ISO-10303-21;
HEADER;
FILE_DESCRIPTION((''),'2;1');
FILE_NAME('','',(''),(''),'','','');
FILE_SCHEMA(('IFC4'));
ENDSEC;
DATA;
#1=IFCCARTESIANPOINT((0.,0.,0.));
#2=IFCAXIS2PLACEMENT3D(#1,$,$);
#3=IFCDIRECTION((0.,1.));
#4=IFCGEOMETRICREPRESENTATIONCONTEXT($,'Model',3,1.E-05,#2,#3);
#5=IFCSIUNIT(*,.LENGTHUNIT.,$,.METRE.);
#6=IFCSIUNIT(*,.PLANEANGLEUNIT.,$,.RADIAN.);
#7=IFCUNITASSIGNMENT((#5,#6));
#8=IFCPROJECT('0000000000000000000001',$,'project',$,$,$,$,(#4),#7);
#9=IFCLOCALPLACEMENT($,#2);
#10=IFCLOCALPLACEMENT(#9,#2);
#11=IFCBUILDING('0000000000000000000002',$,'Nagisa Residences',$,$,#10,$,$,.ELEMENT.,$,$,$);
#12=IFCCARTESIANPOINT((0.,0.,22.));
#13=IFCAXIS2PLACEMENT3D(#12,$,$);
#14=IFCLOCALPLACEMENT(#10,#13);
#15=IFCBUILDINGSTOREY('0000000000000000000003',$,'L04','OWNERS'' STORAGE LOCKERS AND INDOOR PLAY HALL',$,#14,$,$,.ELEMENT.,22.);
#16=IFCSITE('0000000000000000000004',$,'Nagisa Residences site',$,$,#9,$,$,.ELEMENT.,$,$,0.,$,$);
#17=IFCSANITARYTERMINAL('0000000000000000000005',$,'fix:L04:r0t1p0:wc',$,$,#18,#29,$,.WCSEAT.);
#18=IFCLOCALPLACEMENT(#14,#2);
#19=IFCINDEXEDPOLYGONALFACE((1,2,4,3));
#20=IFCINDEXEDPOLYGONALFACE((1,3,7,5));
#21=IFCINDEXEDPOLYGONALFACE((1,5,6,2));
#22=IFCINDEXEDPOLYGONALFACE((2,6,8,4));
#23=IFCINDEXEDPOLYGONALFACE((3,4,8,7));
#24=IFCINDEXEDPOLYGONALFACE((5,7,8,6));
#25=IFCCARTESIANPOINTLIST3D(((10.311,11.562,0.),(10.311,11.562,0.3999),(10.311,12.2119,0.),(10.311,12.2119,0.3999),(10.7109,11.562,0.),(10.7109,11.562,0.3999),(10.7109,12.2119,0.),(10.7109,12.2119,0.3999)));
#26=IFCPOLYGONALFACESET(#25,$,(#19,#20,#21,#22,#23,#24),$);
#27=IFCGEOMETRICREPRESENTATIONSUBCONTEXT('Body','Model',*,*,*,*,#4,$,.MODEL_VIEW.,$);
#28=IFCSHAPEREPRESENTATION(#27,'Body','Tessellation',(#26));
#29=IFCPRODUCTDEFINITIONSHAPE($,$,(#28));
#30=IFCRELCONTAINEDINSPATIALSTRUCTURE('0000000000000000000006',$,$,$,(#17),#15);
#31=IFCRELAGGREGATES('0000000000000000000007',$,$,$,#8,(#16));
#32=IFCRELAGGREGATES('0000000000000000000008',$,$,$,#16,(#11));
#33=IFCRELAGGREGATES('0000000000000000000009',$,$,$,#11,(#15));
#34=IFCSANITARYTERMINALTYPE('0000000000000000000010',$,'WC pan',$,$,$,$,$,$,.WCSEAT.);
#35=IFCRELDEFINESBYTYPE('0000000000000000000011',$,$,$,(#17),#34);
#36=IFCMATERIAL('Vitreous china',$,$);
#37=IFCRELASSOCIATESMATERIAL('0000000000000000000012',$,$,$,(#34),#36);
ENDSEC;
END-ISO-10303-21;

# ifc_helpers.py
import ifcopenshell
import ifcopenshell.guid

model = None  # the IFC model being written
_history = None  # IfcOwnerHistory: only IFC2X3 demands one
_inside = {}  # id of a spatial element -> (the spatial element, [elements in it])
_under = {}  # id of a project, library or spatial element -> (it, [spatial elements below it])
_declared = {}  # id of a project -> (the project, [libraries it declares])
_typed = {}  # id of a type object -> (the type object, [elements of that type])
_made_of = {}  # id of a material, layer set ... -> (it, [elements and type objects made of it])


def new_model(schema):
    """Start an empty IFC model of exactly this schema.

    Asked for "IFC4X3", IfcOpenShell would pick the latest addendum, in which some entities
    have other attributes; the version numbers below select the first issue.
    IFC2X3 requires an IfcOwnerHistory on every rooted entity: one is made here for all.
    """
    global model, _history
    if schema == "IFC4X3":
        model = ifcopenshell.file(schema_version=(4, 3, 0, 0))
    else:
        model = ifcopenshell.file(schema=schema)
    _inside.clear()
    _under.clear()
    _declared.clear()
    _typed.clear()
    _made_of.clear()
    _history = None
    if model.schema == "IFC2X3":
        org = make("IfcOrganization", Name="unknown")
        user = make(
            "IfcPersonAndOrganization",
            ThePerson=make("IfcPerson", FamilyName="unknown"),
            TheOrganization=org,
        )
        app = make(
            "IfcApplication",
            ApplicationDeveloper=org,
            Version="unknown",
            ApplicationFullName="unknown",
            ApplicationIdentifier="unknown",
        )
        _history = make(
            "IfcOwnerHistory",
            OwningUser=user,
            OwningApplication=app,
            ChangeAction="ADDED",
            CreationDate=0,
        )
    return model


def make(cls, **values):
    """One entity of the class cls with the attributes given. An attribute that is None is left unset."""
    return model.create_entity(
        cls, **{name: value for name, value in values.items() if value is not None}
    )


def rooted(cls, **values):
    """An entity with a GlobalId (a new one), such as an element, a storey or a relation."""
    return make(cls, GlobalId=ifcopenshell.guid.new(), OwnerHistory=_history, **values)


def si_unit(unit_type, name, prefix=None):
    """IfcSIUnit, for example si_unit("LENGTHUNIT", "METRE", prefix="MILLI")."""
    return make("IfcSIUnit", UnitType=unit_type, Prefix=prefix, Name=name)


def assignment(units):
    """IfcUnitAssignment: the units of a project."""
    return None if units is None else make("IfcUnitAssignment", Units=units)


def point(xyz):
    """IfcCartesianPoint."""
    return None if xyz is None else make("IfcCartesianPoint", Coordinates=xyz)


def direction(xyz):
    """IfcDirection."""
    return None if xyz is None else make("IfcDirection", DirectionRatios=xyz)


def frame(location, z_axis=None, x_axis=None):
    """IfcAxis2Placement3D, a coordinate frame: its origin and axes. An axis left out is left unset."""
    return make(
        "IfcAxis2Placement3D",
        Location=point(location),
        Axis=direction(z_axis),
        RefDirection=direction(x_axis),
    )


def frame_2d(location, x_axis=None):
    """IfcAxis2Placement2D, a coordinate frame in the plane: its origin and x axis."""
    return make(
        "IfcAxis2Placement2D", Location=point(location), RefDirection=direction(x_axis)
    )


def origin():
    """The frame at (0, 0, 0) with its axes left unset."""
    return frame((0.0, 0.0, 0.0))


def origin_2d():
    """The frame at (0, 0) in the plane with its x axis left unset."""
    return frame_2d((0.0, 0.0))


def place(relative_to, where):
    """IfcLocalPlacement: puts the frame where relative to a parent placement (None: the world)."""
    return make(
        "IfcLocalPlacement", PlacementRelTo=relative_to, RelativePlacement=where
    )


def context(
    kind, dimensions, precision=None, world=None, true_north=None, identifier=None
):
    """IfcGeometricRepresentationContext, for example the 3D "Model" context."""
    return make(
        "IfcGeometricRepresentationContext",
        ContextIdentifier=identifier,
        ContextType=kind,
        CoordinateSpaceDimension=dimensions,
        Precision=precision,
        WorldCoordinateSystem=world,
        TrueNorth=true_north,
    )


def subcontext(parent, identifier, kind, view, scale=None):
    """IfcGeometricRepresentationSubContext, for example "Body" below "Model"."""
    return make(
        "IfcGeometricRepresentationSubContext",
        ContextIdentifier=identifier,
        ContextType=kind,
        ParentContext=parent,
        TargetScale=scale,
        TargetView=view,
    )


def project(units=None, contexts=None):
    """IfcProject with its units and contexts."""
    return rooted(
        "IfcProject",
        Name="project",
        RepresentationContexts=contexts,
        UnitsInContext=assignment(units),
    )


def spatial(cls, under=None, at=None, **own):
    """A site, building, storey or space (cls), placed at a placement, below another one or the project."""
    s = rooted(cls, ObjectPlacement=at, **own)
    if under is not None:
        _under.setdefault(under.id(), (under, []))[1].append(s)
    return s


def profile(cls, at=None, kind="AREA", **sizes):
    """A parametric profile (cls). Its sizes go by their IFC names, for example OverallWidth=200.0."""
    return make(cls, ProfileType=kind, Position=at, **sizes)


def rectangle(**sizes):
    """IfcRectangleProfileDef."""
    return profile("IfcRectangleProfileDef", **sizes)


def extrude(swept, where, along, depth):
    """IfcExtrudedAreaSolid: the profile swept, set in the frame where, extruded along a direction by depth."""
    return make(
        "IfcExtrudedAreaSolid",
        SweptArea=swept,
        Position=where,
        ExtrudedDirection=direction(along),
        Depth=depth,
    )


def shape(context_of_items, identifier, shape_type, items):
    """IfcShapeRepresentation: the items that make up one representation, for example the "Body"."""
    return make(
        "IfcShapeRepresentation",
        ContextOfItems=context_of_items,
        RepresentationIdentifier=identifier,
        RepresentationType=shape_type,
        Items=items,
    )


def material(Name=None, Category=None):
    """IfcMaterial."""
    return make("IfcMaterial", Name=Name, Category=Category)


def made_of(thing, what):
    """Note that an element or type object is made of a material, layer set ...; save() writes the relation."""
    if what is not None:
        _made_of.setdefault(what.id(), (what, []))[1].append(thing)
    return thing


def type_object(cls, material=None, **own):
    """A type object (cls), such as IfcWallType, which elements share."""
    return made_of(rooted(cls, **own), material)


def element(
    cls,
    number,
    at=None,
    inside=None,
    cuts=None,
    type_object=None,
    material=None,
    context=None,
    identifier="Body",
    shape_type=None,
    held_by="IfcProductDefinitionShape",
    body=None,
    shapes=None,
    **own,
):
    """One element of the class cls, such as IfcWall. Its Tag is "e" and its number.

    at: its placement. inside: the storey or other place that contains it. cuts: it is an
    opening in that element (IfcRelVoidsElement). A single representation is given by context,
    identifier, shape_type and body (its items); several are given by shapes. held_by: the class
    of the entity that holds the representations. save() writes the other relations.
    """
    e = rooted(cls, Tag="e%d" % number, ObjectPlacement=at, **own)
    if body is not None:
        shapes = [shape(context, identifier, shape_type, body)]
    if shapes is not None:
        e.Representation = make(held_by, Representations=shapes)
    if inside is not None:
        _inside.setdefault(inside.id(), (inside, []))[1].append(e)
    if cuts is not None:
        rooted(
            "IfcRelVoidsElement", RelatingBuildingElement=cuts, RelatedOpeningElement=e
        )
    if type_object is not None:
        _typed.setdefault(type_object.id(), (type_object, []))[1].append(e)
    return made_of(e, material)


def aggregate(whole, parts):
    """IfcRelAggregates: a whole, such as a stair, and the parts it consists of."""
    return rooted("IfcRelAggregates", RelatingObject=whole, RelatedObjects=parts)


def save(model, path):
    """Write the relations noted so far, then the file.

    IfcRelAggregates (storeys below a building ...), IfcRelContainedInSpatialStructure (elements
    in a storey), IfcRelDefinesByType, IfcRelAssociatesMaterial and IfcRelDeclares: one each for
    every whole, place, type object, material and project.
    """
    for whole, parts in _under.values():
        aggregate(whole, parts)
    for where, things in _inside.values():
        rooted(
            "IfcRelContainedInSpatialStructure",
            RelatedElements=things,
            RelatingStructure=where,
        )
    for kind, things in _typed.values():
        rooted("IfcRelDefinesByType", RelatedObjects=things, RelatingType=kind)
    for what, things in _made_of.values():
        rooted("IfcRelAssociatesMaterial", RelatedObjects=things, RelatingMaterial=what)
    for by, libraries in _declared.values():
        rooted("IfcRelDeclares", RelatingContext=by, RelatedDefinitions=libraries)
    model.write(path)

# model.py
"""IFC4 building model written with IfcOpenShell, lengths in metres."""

from ifc_helpers import new_model, si_unit, direction, frame, origin, origin_2d, place, context, subcontext, project, spatial, rectangle, extrude, material, type_object, element, save


model = new_model("IFC4")

# Units and contexts
model_context = context("Model", 3, precision=1e-05, world=origin(), true_north=direction((0.0, 1.0)))
body_context = subcontext(model_context, "Body", "Model", "MODEL_VIEW")
ifc_project = project(units=[si_unit("LENGTHUNIT", "METRE"), si_unit("PLANEANGLEUNIT", "RADIAN")], contexts=[model_context])

# Site, building, storey
site_placement = place(None, origin())
site = spatial("IfcSite", under=ifc_project, at=site_placement, Name="Nagisa Residences site", CompositionType="ELEMENT", RefElevation=0.0)
building_placement = place(site_placement, origin())
building = spatial("IfcBuilding", under=site, at=building_placement, Name="Nagisa Residences", CompositionType="ELEMENT")
storey_placement = place(building_placement, frame((0.0, 0.0, 22.0)))
storey = spatial("IfcBuildingStorey", under=building, at=storey_placement, Name="L04", Description="OWNERS' STORAGE LOCKERS AND INDOOR PLAY HALL", CompositionType="ELEMENT", Elevation=22.0)

# Sanitary terminal
ifc_material_1 = material(Name="Vitreous china")
sanitary_terminal_type = type_object("IfcSanitaryTerminalType", Name="WC pan", PredefinedType="WCSEAT", material=ifc_material_1)
sanitary_terminal_placement = place(storey_placement, frame((10.511, 11.887, 0.0), z_axis=(0.0, 0.0, 1.0), x_axis=(1.0, 0.0, 0.0)))
element("IfcSanitaryTerminal", 1, at=sanitary_terminal_placement, inside=storey, type_object=sanitary_terminal_type, Name="fix:L04:r0t1p0:wc", PredefinedType="WCSEAT", context=body_context, shape_type="SweptSolid", body=[
    extrude(rectangle(XDim=0.3999, YDim=0.6499, at=origin_2d()), origin(), (0.0, 0.0, 1.0), 0.3999),
])

save(model, "model.ifc")
